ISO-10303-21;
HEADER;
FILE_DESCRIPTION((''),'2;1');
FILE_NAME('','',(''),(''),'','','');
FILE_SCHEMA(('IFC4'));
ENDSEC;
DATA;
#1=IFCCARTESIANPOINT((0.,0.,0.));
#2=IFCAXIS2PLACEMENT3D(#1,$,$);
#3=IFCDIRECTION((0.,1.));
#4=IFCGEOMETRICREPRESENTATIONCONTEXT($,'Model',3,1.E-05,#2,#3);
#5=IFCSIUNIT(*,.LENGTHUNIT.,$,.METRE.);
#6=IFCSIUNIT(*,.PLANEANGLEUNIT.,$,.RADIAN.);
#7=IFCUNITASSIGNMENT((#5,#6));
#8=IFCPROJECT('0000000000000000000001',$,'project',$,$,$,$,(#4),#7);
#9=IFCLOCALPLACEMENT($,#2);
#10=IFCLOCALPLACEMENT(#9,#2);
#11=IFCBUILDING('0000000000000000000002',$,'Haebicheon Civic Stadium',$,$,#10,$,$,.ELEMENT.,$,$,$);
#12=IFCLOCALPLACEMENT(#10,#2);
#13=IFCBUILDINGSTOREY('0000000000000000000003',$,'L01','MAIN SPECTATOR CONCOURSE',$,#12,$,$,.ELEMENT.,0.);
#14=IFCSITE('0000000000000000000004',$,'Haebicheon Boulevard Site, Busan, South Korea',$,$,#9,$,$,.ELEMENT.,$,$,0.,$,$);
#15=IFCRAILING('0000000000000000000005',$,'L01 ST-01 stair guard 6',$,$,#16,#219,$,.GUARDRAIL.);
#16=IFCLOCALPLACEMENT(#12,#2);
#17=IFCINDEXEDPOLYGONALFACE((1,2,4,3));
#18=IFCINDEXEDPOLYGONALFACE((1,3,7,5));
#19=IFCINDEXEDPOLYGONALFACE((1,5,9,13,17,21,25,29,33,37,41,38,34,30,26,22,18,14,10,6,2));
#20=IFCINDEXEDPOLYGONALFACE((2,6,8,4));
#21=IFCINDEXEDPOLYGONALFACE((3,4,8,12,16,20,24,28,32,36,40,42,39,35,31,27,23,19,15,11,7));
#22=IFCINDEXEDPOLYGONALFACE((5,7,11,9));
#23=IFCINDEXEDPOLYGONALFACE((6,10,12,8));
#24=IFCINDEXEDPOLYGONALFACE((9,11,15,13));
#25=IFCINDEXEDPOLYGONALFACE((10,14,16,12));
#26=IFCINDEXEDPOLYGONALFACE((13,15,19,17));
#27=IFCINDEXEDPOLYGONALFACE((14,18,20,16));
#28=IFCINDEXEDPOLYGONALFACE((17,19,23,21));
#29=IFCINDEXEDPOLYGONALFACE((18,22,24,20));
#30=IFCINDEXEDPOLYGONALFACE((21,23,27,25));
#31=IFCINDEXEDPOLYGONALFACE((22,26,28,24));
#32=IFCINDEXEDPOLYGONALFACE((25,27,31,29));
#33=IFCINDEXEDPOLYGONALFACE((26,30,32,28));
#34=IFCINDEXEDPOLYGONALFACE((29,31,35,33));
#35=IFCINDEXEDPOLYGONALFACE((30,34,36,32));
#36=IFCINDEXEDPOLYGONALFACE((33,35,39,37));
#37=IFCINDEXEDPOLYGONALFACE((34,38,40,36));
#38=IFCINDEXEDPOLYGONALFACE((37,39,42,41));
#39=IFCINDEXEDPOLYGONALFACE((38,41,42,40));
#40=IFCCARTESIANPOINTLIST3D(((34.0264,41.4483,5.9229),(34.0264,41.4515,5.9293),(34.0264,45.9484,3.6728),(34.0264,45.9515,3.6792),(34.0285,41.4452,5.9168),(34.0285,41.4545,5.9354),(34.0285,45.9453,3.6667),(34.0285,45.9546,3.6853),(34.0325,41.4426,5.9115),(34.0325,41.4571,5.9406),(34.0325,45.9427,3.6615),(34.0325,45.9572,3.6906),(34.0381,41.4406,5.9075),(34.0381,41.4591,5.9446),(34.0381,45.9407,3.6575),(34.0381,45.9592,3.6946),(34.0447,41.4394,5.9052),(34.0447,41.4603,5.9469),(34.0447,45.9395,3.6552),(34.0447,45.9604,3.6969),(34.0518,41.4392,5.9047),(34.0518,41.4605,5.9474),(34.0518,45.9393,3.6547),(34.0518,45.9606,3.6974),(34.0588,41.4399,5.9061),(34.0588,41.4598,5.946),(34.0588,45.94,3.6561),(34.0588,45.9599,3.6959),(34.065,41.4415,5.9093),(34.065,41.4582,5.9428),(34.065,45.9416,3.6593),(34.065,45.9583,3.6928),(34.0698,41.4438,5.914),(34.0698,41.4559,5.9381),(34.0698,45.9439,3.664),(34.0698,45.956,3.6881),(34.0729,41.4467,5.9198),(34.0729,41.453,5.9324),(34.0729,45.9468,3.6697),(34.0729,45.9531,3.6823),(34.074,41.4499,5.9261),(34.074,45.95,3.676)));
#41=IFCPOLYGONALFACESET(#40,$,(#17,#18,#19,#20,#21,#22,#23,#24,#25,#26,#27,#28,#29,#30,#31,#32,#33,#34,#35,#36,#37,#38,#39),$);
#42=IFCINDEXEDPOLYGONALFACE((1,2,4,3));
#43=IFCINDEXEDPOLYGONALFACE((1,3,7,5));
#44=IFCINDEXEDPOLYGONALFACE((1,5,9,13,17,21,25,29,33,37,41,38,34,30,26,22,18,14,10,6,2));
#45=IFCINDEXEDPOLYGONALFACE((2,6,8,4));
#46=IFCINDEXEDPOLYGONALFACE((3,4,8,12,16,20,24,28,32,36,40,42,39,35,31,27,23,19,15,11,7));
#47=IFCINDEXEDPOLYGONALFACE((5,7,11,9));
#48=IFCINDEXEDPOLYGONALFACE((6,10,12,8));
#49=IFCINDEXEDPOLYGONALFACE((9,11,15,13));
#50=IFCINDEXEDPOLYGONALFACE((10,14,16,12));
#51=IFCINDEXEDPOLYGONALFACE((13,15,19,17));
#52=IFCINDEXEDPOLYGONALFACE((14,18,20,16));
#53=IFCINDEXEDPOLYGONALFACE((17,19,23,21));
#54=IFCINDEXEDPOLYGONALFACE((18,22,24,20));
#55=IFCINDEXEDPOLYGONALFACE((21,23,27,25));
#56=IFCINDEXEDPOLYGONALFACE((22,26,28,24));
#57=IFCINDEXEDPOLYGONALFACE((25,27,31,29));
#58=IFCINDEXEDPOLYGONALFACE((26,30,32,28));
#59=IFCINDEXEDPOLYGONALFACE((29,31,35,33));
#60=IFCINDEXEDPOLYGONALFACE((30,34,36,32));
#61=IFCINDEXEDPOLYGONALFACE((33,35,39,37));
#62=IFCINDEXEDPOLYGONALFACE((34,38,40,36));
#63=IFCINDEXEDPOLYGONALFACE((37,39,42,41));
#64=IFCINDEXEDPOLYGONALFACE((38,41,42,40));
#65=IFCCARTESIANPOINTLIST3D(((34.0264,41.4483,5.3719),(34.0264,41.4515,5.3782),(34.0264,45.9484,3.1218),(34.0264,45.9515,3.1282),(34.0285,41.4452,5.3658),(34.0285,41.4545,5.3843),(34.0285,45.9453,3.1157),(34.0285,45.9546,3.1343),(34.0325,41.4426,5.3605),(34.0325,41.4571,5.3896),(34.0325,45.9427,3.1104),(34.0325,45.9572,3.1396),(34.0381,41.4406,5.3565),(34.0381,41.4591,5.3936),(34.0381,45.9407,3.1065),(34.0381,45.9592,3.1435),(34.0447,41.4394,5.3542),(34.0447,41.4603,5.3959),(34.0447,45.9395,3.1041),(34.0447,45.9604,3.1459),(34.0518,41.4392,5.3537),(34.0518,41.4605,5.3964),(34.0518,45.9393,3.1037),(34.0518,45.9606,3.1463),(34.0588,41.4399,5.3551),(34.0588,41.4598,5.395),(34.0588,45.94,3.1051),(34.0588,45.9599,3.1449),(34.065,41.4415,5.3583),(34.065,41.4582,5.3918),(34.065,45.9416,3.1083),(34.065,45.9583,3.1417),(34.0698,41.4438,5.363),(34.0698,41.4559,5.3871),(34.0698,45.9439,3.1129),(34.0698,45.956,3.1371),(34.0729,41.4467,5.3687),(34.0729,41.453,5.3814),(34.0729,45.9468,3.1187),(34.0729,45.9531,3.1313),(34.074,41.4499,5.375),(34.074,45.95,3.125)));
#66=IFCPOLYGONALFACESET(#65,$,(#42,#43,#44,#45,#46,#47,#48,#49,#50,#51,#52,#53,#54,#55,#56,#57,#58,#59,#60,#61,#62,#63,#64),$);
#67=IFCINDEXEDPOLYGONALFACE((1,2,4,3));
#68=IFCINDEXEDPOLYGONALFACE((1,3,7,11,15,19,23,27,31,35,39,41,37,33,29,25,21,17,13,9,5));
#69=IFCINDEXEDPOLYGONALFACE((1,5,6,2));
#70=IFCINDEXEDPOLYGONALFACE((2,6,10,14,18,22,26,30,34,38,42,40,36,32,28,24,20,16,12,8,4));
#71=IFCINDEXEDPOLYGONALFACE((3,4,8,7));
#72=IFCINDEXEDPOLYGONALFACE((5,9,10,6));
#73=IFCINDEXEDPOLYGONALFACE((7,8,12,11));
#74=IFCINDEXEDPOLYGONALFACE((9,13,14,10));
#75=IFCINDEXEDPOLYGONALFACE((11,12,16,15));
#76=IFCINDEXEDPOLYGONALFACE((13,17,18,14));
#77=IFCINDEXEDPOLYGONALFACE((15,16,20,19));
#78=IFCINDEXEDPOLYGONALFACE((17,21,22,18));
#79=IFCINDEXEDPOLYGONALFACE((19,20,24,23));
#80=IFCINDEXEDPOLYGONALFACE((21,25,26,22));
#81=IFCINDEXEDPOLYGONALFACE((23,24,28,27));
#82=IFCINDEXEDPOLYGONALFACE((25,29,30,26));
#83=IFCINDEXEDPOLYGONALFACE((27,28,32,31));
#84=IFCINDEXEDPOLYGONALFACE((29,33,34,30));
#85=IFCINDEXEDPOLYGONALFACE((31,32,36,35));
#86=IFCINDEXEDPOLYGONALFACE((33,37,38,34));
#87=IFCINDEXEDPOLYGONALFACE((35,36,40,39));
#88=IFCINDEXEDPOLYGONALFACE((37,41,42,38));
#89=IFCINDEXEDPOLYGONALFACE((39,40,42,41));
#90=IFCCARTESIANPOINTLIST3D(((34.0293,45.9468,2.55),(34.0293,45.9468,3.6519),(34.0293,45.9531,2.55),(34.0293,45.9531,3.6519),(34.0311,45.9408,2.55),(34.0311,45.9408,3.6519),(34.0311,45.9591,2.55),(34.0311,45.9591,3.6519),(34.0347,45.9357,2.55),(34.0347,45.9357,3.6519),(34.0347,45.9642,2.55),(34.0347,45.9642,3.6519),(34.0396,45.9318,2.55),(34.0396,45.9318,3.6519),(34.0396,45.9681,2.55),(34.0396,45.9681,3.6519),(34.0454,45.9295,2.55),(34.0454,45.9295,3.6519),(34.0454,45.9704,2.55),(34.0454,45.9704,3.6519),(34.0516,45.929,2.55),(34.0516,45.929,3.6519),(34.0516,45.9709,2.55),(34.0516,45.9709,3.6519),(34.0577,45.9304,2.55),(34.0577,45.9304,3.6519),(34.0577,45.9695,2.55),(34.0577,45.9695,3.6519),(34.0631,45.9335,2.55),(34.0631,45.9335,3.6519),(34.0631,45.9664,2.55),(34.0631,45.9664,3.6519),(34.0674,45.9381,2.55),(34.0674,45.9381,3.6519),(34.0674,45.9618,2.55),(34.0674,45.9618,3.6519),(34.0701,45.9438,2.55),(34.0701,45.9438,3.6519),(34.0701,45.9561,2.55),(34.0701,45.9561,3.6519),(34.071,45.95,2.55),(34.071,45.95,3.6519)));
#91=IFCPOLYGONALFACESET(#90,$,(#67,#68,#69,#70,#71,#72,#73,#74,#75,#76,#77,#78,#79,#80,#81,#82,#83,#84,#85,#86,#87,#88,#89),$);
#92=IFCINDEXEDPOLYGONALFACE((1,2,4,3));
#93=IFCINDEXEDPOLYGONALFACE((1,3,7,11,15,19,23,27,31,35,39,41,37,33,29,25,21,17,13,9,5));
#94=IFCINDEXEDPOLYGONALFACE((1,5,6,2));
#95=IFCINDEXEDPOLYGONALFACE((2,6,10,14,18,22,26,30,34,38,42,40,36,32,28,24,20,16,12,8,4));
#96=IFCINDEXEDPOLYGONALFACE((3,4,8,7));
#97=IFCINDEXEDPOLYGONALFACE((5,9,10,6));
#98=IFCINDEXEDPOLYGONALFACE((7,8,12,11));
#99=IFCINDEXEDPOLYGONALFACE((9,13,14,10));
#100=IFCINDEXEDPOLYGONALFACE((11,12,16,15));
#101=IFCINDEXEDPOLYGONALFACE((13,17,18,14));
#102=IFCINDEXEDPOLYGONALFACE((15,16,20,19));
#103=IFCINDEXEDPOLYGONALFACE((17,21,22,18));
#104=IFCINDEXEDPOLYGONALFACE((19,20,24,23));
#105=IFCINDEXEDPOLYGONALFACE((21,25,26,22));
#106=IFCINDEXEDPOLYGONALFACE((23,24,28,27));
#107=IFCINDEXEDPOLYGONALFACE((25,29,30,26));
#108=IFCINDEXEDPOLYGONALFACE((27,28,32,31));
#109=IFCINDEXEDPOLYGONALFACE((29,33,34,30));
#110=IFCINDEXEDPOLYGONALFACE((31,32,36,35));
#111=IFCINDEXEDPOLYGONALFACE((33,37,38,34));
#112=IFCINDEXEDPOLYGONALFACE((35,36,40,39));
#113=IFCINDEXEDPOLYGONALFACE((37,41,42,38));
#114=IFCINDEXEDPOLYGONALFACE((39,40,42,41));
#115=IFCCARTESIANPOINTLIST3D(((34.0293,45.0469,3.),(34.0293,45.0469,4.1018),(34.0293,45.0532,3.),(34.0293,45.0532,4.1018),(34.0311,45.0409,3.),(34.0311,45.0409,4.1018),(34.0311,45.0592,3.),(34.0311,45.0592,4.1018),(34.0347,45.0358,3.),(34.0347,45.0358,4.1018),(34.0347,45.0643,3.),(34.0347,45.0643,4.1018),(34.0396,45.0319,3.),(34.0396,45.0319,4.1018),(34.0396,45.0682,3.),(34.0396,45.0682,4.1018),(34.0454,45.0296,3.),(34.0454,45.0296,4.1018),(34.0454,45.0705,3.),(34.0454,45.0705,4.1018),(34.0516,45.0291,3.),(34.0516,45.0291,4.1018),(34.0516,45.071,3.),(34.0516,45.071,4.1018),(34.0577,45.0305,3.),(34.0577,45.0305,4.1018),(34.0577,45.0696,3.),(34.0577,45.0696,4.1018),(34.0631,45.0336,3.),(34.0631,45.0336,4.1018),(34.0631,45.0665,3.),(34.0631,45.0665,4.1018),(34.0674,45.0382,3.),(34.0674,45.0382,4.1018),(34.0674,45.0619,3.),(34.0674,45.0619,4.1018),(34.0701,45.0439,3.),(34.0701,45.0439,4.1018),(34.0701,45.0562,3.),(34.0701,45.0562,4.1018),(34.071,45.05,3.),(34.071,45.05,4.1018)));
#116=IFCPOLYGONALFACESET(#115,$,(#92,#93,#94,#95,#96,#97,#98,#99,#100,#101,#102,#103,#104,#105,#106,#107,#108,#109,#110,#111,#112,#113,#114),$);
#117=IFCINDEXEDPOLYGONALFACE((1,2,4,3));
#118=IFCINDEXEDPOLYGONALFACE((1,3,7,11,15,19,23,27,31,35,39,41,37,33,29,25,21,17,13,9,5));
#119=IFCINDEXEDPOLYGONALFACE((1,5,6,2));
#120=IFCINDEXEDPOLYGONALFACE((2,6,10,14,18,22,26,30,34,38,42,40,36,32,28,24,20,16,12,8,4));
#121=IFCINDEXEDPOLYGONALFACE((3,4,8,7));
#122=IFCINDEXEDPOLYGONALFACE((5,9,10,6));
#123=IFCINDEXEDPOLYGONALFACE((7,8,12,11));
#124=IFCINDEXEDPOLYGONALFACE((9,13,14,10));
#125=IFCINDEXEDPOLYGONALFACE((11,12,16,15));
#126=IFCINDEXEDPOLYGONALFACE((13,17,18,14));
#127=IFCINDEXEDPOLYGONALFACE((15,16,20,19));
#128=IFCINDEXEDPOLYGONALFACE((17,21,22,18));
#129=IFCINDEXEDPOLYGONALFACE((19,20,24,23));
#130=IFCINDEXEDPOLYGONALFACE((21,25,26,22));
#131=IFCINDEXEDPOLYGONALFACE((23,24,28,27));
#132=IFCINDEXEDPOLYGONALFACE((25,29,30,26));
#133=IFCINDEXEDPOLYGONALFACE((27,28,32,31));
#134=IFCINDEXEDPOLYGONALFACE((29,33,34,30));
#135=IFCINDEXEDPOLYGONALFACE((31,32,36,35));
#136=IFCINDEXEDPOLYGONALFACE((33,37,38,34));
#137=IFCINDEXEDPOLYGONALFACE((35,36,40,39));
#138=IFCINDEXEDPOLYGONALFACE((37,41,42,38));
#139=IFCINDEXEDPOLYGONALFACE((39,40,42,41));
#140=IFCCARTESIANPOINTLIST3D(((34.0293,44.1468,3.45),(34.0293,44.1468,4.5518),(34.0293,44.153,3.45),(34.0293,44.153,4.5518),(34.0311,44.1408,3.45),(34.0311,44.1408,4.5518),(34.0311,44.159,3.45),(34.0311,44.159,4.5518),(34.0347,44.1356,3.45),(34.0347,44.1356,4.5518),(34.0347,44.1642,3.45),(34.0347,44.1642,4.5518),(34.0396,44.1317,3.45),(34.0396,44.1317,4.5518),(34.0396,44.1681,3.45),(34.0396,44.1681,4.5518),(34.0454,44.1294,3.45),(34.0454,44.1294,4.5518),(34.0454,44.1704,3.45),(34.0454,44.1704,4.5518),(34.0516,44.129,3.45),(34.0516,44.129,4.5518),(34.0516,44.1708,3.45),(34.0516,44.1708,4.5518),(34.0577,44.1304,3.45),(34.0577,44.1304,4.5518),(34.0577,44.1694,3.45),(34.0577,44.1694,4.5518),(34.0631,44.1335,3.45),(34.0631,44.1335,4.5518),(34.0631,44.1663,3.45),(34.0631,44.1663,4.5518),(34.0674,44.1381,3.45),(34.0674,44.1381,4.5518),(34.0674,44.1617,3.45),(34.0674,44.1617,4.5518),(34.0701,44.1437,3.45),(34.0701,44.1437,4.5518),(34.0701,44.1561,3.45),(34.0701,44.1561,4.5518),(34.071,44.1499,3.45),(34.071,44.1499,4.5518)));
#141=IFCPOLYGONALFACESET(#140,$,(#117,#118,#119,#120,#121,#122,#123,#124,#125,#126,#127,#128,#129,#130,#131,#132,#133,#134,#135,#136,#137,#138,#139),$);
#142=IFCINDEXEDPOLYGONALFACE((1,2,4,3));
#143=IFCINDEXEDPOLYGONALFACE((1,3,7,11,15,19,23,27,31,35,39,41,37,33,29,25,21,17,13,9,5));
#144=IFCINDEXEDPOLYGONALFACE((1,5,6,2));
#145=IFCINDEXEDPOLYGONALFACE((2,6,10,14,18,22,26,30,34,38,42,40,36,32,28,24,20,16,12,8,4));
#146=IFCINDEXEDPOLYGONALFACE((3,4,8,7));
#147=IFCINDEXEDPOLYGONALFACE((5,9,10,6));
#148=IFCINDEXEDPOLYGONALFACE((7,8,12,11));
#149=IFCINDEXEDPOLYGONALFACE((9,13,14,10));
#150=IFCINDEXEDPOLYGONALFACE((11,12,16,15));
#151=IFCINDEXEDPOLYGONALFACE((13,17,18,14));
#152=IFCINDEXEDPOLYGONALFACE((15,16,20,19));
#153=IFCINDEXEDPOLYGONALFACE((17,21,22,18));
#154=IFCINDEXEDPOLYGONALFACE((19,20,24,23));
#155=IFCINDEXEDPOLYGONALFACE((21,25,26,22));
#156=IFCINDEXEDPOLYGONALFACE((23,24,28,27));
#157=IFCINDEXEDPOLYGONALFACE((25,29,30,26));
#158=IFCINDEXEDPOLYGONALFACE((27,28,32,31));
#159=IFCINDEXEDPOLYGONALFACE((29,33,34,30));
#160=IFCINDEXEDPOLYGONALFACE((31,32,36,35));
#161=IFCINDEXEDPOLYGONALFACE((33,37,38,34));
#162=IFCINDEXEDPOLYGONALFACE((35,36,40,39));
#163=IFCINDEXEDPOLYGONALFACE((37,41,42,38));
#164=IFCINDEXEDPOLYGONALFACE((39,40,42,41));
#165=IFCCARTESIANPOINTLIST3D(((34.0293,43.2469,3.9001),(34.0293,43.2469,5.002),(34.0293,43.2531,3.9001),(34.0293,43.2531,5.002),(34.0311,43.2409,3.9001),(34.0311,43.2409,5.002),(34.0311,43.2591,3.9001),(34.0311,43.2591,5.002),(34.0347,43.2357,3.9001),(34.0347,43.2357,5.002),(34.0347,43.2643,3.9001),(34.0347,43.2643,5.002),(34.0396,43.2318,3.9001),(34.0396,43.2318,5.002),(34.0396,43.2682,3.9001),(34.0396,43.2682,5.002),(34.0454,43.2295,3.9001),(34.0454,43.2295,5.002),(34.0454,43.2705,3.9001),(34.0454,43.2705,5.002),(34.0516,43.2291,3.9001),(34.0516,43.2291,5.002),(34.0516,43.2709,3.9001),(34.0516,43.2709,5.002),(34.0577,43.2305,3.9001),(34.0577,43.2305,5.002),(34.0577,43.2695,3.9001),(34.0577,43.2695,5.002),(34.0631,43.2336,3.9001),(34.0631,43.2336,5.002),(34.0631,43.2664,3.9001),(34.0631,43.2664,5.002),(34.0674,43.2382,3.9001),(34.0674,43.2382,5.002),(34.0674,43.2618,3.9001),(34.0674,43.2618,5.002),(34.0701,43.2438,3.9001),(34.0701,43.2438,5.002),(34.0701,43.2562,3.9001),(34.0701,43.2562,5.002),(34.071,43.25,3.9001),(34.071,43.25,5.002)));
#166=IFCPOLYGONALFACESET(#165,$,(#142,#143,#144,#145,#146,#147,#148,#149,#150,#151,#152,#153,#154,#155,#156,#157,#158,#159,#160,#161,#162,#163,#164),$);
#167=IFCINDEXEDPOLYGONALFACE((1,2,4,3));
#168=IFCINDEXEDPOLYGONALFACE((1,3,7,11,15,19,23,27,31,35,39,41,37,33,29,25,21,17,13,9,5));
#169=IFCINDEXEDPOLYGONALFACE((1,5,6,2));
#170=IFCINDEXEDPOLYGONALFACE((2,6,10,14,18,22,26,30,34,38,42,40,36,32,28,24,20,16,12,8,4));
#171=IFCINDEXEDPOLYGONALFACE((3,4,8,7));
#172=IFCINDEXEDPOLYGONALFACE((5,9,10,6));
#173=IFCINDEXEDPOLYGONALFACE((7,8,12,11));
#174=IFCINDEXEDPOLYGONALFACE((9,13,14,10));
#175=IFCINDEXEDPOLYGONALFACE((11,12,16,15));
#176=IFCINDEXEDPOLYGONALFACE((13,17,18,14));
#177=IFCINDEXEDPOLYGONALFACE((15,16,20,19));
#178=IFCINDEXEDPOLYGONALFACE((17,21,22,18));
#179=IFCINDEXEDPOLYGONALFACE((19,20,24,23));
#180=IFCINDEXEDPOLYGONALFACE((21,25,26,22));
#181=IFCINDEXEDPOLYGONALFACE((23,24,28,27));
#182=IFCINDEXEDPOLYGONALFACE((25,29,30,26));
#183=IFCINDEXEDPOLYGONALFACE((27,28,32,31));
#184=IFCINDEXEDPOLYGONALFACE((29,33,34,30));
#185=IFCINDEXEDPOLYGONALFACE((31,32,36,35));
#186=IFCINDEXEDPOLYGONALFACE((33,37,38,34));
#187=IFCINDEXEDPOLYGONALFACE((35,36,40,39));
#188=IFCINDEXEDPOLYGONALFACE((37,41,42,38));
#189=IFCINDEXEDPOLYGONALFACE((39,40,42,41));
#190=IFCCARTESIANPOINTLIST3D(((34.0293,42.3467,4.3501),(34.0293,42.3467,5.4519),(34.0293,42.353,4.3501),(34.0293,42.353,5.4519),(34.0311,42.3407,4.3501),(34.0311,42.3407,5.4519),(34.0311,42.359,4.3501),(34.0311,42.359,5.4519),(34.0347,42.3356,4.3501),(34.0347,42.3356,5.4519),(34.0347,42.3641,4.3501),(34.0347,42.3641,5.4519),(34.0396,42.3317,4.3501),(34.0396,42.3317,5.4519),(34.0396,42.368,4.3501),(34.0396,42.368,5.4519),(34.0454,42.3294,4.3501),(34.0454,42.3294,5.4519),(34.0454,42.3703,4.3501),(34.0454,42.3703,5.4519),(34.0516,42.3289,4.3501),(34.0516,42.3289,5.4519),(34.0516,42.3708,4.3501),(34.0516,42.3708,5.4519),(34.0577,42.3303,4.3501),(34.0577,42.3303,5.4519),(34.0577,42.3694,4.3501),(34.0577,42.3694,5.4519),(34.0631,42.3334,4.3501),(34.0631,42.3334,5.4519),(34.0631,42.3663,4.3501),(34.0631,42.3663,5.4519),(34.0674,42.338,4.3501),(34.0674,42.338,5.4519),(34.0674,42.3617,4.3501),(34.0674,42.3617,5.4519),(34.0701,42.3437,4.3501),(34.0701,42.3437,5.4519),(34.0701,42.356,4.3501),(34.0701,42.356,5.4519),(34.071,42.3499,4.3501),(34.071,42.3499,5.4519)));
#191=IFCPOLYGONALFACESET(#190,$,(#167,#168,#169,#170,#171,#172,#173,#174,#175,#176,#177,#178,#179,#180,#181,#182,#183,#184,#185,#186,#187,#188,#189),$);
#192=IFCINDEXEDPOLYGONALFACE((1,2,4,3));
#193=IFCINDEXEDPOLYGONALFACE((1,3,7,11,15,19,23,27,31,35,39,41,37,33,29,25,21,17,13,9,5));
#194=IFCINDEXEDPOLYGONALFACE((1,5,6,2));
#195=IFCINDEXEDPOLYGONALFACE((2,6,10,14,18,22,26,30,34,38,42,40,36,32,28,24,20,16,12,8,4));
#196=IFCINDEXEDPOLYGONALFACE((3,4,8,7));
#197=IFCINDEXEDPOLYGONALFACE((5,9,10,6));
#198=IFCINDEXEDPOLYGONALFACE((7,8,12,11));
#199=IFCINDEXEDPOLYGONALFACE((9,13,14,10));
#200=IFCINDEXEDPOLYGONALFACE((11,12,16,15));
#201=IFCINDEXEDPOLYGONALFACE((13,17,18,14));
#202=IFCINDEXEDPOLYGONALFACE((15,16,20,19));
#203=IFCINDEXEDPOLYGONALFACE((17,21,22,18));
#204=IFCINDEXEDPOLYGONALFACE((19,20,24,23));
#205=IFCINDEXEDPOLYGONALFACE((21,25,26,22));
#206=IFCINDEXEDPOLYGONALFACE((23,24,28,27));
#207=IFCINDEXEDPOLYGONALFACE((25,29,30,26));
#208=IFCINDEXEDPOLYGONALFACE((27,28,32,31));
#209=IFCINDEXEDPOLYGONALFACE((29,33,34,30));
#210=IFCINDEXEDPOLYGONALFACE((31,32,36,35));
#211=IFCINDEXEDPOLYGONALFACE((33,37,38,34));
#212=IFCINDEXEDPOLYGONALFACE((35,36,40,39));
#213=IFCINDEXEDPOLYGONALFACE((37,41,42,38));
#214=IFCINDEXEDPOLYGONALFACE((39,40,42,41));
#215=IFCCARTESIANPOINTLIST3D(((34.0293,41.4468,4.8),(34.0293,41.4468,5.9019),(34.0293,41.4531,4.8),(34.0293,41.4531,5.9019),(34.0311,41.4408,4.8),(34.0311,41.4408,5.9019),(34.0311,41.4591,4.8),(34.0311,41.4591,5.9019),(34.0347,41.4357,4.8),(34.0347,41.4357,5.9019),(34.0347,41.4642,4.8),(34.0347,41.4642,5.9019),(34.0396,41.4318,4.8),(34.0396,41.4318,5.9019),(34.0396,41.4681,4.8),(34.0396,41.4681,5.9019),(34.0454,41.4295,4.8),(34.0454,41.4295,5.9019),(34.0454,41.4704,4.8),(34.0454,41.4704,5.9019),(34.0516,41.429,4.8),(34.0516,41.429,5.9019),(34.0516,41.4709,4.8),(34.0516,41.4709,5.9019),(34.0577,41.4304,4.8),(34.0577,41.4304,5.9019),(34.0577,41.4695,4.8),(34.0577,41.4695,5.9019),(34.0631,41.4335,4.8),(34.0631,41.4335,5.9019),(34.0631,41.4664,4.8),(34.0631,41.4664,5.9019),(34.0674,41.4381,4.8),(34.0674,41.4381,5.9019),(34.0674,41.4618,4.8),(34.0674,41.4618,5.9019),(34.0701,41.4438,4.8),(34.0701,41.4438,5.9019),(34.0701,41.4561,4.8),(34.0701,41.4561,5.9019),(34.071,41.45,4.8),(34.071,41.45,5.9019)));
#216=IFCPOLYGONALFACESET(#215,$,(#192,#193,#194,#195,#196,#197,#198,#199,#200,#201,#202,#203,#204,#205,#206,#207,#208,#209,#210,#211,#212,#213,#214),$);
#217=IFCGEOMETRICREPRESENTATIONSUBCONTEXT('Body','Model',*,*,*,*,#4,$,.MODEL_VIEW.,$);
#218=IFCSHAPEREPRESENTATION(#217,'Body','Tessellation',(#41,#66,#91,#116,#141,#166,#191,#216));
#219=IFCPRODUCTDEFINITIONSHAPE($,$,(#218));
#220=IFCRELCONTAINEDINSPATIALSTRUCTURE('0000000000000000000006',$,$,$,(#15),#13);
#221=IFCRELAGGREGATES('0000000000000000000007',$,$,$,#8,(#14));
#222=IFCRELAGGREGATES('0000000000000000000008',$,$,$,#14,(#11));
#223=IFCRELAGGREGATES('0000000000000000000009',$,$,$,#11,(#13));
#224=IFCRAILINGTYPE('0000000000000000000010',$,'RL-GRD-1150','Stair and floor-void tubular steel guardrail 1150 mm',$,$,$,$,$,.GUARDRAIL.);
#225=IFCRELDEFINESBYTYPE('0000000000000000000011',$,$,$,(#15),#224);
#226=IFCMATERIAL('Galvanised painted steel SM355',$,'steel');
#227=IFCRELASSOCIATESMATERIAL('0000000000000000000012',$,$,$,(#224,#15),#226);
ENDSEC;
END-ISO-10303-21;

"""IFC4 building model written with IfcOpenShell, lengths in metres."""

from ifc_helpers import new_model, si_unit, direction, frame, origin, origin_2d, place, context, subcontext, project, spatial, circle, extrude, material, type_object, element, save


model = new_model("IFC4")

# Units and contexts
model_context = context("Model", 3, precision=1e-05, world=origin(), true_north=direction((0.0, 1.0)))
body_context = subcontext(model_context, "Body", "Model", "MODEL_VIEW")
ifc_project = project(units=[si_unit("LENGTHUNIT", "METRE"), si_unit("PLANEANGLEUNIT", "RADIAN")], contexts=[model_context])

# Site, building, storey
site_placement = place(None, origin())
site = spatial("IfcSite", under=ifc_project, at=site_placement, Name="Haebicheon Boulevard Site, Busan, South Korea", CompositionType="ELEMENT", RefElevation=0.0)
building_placement = place(site_placement, origin())
building = spatial("IfcBuilding", under=site, at=building_placement, Name="Haebicheon Civic Stadium", CompositionType="ELEMENT")
storey_placement = place(building_placement, origin())
storey = spatial("IfcBuildingStorey", under=building, at=storey_placement, Name="L01", Description="MAIN SPECTATOR CONCOURSE", CompositionType="ELEMENT", Elevation=0.0)

# Railing
ifc_material_1 = material(Name="Galvanised painted steel SM355", Category="steel")
railing_type_1 = type_object("IfcRailingType", Name="RL-GRD-1150", Description="Stair and floor-void tubular steel guardrail 1150 mm", PredefinedType="GUARDRAIL", material=ifc_material_1)
railing_1_placement = place(storey_placement, frame((34.05, 45.95, 2.55)))
element("IfcRailing", 1, at=railing_1_placement, inside=storey, type_object=railing_type_1, material=ifc_material_1, Name="L01 ST-01 stair guard 6", PredefinedType="GUARDRAIL", context=body_context, shape_type="SweptSolid", body=[
    extrude(circle(Radius=0.0239, at=origin_2d()), frame((0.0, 0.0, 1.126), z_axis=(0.0, -0.894427, 0.447214), x_axis=(1.0, 0.0, 0.0)), (0.0, 0.0, 1.0), 5.0312),
    extrude(circle(Radius=0.0239, at=origin_2d()), frame((0.0, 0.0, 0.575), z_axis=(0.0, -0.894427, 0.447214), x_axis=(1.0, 0.0, 0.0)), (0.0, 0.0, 1.0), 5.0312),
    extrude(circle(Radius=0.021, at=origin_2d()), origin(), (0.0, 0.0, 1.0), 1.1018),
    extrude(circle(Radius=0.021, at=origin_2d()), frame((0.0, -0.8999, 0.45)), (0.0, 0.0, 1.0), 1.1018),
    extrude(circle(Radius=0.021, at=origin_2d()), frame((0.0, -1.8, 0.8999)), (0.0, 0.0, 1.0), 1.1018),
    extrude(circle(Radius=0.021, at=origin_2d()), frame((0.0, -2.7, 1.3501)), (0.0, 0.0, 1.0), 1.1018),
    extrude(circle(Radius=0.021, at=origin_2d()), frame((0.0, -3.6001, 1.8)), (0.0, 0.0, 1.0), 1.1018),
    extrude(circle(Radius=0.021, at=origin_2d()), frame((0.0, -4.5, 2.25)), (0.0, 0.0, 1.0), 1.1018),
])

save(model, "model.ifc")
